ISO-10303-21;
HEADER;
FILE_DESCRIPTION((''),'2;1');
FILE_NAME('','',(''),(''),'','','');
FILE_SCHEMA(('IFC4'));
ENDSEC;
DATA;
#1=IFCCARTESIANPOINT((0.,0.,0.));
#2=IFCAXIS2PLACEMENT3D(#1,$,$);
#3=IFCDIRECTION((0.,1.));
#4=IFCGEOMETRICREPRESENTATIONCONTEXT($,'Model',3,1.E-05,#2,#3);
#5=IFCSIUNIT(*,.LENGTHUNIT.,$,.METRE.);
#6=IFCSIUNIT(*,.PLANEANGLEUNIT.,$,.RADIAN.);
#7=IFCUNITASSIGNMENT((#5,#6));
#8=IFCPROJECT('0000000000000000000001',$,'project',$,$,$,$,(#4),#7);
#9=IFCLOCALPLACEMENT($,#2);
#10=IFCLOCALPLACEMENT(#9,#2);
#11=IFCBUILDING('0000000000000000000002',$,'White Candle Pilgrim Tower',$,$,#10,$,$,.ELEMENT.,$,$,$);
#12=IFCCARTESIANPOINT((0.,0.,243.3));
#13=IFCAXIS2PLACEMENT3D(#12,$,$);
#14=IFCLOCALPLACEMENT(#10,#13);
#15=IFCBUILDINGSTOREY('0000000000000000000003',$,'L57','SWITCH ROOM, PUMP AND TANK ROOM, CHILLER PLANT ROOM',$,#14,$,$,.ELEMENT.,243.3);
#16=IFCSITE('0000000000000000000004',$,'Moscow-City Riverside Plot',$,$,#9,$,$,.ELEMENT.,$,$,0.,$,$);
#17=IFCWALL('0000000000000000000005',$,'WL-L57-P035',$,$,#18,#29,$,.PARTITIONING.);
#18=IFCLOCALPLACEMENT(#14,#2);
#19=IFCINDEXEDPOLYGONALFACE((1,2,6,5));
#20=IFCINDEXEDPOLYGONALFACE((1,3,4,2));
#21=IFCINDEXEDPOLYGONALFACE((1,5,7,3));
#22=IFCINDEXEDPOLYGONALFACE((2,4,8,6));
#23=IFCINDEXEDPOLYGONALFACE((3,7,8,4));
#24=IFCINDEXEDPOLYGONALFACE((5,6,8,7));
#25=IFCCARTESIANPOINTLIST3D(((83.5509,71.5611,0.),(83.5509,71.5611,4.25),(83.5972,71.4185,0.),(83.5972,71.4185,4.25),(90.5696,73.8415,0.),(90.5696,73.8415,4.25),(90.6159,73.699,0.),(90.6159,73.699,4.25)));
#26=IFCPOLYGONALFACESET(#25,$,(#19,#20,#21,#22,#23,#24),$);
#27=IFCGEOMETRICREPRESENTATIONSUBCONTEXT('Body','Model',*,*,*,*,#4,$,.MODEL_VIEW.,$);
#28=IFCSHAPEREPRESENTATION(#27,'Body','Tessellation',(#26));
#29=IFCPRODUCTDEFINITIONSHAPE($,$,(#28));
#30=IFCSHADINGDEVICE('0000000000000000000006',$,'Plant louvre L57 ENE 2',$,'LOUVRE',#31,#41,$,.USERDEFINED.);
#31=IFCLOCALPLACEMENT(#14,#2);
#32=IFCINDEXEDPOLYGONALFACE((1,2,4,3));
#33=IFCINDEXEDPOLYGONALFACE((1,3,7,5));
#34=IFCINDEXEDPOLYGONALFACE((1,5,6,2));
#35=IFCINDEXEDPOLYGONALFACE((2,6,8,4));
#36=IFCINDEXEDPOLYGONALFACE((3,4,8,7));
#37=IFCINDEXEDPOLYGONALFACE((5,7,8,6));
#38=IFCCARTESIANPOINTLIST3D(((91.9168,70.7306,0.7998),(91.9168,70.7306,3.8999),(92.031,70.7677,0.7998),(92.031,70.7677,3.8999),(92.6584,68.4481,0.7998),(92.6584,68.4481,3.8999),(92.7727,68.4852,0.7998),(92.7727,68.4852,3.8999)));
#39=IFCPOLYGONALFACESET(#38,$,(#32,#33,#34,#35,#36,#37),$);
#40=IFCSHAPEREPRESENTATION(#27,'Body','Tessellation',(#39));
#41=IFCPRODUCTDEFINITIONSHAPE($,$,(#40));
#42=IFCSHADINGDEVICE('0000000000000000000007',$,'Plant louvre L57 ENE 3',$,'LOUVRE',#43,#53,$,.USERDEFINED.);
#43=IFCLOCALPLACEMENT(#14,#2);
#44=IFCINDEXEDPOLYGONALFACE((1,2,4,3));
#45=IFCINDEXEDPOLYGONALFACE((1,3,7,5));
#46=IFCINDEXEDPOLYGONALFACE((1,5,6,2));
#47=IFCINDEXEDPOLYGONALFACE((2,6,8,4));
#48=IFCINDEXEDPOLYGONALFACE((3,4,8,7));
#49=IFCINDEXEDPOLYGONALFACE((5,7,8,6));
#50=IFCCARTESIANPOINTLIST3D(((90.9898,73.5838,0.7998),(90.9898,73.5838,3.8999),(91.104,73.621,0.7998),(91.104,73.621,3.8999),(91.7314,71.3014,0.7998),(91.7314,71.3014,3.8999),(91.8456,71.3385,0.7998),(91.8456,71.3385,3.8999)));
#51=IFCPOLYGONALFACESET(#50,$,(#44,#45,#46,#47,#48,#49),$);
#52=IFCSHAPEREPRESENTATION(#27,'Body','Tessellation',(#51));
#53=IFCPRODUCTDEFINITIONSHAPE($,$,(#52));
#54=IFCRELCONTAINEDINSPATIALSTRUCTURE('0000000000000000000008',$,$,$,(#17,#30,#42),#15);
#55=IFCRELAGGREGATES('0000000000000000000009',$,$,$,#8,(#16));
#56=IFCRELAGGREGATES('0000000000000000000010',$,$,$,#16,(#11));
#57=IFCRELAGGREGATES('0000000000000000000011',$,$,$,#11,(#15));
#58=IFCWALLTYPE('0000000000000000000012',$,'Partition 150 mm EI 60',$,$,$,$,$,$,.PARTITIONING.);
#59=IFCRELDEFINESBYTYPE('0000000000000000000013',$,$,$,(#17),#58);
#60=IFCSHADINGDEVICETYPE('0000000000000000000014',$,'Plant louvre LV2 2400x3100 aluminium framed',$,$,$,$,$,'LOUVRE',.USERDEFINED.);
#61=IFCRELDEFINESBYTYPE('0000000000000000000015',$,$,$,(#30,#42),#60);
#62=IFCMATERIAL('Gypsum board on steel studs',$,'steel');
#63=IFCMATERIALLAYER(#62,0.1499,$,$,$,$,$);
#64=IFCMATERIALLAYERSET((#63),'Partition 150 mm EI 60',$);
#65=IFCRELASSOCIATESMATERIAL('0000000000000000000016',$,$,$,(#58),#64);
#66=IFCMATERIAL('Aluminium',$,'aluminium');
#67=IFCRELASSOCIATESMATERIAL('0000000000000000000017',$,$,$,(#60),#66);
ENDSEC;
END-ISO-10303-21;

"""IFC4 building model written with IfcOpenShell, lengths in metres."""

from ifc_helpers import new_model, si_unit, direction, frame, frame_2d, origin, origin_2d, place, context, subcontext, project, spatial, rectangle, extrude, material, layer, layer_set, type_object, element, save


model = new_model("IFC4")

# Units and contexts
model_context = context("Model", 3, precision=1e-05, world=origin(), true_north=direction((0.0, 1.0)))
body_context = subcontext(model_context, "Body", "Model", "MODEL_VIEW")
ifc_project = project(units=[si_unit("LENGTHUNIT", "METRE"), si_unit("PLANEANGLEUNIT", "RADIAN")], contexts=[model_context])

# Site, building, storey
site_placement = place(None, origin())
site = spatial("IfcSite", under=ifc_project, at=site_placement, Name="Moscow-City Riverside Plot", CompositionType="ELEMENT", RefElevation=0.0)
building_placement = place(site_placement, origin())
building = spatial("IfcBuilding", under=site, at=building_placement, Name="White Candle Pilgrim Tower", CompositionType="ELEMENT")
storey_placement = place(building_placement, frame((0.0, 0.0, 243.3)))
storey = spatial("IfcBuildingStorey", under=building, at=storey_placement, Name="L57", Description="SWITCH ROOM, PUMP AND TANK ROOM, CHILLER PLANT ROOM", CompositionType="ELEMENT", Elevation=243.3)

# Wall
ifc_material_1 = material(Name="Gypsum board on steel studs", Category="steel")
ifc_layer_1 = layer(ifc_material_1, 0.1499)
ifc_layer_set_1 = layer_set([ifc_layer_1], Name="Partition 150 mm EI 60")
wall_type = type_object("IfcWallType", Name="Partition 150 mm EI 60", PredefinedType="PARTITIONING", material=ifc_layer_set_1)
wall_placement = place(storey_placement, frame((90.5928, 73.7703, 0.0), z_axis=(0.0, 0.0, 1.0), x_axis=(-0.951058, -0.309014, 0.0)))
element("IfcWall", 1, at=wall_placement, inside=storey, type_object=wall_type, Name="WL-L57-P035", PredefinedType="PARTITIONING", context=body_context, shape_type="SweptSolid", body=[
    extrude(rectangle(XDim=7.3799, YDim=0.1499, at=frame_2d((3.6899, 0.0))), origin(), (0.0, 0.0, 1.0), 4.25),
])

# Shading devices
ifc_material_2 = material(Name="Aluminium", Category="aluminium")
shading_device_type = type_object("IfcShadingDeviceType", Name="Plant louvre LV2 2400x3100 aluminium framed", ElementType="LOUVRE", PredefinedType="USERDEFINED", material=ifc_material_2)
for number, where, z_axis, x_axis, name in (
    (2, (92.3447, 69.6079, 0.7998), (0.0, 0.0, 1.0), (-0.309017, 0.951057, 0.0), "Plant louvre L57 ENE 2"),
    (3, (91.4177, 72.4612, 0.7998), (0.0, 0.0, 1.0), (-0.309017, 0.951057, 0.0), "Plant louvre L57 ENE 3"),
):
    element("IfcShadingDevice", number, at=place(storey_placement, frame(where, z_axis=z_axis, x_axis=x_axis)), inside=storey, type_object=shading_device_type, Name=name, ObjectType="LOUVRE", PredefinedType="USERDEFINED", context=body_context, shape_type="SweptSolid", body=[
        extrude(rectangle(XDim=2.3999, YDim=0.1201, at=origin_2d()), origin(), (0.0, 0.0, 1.0), 3.1001),
    ])

save(model, "model.ifc")
